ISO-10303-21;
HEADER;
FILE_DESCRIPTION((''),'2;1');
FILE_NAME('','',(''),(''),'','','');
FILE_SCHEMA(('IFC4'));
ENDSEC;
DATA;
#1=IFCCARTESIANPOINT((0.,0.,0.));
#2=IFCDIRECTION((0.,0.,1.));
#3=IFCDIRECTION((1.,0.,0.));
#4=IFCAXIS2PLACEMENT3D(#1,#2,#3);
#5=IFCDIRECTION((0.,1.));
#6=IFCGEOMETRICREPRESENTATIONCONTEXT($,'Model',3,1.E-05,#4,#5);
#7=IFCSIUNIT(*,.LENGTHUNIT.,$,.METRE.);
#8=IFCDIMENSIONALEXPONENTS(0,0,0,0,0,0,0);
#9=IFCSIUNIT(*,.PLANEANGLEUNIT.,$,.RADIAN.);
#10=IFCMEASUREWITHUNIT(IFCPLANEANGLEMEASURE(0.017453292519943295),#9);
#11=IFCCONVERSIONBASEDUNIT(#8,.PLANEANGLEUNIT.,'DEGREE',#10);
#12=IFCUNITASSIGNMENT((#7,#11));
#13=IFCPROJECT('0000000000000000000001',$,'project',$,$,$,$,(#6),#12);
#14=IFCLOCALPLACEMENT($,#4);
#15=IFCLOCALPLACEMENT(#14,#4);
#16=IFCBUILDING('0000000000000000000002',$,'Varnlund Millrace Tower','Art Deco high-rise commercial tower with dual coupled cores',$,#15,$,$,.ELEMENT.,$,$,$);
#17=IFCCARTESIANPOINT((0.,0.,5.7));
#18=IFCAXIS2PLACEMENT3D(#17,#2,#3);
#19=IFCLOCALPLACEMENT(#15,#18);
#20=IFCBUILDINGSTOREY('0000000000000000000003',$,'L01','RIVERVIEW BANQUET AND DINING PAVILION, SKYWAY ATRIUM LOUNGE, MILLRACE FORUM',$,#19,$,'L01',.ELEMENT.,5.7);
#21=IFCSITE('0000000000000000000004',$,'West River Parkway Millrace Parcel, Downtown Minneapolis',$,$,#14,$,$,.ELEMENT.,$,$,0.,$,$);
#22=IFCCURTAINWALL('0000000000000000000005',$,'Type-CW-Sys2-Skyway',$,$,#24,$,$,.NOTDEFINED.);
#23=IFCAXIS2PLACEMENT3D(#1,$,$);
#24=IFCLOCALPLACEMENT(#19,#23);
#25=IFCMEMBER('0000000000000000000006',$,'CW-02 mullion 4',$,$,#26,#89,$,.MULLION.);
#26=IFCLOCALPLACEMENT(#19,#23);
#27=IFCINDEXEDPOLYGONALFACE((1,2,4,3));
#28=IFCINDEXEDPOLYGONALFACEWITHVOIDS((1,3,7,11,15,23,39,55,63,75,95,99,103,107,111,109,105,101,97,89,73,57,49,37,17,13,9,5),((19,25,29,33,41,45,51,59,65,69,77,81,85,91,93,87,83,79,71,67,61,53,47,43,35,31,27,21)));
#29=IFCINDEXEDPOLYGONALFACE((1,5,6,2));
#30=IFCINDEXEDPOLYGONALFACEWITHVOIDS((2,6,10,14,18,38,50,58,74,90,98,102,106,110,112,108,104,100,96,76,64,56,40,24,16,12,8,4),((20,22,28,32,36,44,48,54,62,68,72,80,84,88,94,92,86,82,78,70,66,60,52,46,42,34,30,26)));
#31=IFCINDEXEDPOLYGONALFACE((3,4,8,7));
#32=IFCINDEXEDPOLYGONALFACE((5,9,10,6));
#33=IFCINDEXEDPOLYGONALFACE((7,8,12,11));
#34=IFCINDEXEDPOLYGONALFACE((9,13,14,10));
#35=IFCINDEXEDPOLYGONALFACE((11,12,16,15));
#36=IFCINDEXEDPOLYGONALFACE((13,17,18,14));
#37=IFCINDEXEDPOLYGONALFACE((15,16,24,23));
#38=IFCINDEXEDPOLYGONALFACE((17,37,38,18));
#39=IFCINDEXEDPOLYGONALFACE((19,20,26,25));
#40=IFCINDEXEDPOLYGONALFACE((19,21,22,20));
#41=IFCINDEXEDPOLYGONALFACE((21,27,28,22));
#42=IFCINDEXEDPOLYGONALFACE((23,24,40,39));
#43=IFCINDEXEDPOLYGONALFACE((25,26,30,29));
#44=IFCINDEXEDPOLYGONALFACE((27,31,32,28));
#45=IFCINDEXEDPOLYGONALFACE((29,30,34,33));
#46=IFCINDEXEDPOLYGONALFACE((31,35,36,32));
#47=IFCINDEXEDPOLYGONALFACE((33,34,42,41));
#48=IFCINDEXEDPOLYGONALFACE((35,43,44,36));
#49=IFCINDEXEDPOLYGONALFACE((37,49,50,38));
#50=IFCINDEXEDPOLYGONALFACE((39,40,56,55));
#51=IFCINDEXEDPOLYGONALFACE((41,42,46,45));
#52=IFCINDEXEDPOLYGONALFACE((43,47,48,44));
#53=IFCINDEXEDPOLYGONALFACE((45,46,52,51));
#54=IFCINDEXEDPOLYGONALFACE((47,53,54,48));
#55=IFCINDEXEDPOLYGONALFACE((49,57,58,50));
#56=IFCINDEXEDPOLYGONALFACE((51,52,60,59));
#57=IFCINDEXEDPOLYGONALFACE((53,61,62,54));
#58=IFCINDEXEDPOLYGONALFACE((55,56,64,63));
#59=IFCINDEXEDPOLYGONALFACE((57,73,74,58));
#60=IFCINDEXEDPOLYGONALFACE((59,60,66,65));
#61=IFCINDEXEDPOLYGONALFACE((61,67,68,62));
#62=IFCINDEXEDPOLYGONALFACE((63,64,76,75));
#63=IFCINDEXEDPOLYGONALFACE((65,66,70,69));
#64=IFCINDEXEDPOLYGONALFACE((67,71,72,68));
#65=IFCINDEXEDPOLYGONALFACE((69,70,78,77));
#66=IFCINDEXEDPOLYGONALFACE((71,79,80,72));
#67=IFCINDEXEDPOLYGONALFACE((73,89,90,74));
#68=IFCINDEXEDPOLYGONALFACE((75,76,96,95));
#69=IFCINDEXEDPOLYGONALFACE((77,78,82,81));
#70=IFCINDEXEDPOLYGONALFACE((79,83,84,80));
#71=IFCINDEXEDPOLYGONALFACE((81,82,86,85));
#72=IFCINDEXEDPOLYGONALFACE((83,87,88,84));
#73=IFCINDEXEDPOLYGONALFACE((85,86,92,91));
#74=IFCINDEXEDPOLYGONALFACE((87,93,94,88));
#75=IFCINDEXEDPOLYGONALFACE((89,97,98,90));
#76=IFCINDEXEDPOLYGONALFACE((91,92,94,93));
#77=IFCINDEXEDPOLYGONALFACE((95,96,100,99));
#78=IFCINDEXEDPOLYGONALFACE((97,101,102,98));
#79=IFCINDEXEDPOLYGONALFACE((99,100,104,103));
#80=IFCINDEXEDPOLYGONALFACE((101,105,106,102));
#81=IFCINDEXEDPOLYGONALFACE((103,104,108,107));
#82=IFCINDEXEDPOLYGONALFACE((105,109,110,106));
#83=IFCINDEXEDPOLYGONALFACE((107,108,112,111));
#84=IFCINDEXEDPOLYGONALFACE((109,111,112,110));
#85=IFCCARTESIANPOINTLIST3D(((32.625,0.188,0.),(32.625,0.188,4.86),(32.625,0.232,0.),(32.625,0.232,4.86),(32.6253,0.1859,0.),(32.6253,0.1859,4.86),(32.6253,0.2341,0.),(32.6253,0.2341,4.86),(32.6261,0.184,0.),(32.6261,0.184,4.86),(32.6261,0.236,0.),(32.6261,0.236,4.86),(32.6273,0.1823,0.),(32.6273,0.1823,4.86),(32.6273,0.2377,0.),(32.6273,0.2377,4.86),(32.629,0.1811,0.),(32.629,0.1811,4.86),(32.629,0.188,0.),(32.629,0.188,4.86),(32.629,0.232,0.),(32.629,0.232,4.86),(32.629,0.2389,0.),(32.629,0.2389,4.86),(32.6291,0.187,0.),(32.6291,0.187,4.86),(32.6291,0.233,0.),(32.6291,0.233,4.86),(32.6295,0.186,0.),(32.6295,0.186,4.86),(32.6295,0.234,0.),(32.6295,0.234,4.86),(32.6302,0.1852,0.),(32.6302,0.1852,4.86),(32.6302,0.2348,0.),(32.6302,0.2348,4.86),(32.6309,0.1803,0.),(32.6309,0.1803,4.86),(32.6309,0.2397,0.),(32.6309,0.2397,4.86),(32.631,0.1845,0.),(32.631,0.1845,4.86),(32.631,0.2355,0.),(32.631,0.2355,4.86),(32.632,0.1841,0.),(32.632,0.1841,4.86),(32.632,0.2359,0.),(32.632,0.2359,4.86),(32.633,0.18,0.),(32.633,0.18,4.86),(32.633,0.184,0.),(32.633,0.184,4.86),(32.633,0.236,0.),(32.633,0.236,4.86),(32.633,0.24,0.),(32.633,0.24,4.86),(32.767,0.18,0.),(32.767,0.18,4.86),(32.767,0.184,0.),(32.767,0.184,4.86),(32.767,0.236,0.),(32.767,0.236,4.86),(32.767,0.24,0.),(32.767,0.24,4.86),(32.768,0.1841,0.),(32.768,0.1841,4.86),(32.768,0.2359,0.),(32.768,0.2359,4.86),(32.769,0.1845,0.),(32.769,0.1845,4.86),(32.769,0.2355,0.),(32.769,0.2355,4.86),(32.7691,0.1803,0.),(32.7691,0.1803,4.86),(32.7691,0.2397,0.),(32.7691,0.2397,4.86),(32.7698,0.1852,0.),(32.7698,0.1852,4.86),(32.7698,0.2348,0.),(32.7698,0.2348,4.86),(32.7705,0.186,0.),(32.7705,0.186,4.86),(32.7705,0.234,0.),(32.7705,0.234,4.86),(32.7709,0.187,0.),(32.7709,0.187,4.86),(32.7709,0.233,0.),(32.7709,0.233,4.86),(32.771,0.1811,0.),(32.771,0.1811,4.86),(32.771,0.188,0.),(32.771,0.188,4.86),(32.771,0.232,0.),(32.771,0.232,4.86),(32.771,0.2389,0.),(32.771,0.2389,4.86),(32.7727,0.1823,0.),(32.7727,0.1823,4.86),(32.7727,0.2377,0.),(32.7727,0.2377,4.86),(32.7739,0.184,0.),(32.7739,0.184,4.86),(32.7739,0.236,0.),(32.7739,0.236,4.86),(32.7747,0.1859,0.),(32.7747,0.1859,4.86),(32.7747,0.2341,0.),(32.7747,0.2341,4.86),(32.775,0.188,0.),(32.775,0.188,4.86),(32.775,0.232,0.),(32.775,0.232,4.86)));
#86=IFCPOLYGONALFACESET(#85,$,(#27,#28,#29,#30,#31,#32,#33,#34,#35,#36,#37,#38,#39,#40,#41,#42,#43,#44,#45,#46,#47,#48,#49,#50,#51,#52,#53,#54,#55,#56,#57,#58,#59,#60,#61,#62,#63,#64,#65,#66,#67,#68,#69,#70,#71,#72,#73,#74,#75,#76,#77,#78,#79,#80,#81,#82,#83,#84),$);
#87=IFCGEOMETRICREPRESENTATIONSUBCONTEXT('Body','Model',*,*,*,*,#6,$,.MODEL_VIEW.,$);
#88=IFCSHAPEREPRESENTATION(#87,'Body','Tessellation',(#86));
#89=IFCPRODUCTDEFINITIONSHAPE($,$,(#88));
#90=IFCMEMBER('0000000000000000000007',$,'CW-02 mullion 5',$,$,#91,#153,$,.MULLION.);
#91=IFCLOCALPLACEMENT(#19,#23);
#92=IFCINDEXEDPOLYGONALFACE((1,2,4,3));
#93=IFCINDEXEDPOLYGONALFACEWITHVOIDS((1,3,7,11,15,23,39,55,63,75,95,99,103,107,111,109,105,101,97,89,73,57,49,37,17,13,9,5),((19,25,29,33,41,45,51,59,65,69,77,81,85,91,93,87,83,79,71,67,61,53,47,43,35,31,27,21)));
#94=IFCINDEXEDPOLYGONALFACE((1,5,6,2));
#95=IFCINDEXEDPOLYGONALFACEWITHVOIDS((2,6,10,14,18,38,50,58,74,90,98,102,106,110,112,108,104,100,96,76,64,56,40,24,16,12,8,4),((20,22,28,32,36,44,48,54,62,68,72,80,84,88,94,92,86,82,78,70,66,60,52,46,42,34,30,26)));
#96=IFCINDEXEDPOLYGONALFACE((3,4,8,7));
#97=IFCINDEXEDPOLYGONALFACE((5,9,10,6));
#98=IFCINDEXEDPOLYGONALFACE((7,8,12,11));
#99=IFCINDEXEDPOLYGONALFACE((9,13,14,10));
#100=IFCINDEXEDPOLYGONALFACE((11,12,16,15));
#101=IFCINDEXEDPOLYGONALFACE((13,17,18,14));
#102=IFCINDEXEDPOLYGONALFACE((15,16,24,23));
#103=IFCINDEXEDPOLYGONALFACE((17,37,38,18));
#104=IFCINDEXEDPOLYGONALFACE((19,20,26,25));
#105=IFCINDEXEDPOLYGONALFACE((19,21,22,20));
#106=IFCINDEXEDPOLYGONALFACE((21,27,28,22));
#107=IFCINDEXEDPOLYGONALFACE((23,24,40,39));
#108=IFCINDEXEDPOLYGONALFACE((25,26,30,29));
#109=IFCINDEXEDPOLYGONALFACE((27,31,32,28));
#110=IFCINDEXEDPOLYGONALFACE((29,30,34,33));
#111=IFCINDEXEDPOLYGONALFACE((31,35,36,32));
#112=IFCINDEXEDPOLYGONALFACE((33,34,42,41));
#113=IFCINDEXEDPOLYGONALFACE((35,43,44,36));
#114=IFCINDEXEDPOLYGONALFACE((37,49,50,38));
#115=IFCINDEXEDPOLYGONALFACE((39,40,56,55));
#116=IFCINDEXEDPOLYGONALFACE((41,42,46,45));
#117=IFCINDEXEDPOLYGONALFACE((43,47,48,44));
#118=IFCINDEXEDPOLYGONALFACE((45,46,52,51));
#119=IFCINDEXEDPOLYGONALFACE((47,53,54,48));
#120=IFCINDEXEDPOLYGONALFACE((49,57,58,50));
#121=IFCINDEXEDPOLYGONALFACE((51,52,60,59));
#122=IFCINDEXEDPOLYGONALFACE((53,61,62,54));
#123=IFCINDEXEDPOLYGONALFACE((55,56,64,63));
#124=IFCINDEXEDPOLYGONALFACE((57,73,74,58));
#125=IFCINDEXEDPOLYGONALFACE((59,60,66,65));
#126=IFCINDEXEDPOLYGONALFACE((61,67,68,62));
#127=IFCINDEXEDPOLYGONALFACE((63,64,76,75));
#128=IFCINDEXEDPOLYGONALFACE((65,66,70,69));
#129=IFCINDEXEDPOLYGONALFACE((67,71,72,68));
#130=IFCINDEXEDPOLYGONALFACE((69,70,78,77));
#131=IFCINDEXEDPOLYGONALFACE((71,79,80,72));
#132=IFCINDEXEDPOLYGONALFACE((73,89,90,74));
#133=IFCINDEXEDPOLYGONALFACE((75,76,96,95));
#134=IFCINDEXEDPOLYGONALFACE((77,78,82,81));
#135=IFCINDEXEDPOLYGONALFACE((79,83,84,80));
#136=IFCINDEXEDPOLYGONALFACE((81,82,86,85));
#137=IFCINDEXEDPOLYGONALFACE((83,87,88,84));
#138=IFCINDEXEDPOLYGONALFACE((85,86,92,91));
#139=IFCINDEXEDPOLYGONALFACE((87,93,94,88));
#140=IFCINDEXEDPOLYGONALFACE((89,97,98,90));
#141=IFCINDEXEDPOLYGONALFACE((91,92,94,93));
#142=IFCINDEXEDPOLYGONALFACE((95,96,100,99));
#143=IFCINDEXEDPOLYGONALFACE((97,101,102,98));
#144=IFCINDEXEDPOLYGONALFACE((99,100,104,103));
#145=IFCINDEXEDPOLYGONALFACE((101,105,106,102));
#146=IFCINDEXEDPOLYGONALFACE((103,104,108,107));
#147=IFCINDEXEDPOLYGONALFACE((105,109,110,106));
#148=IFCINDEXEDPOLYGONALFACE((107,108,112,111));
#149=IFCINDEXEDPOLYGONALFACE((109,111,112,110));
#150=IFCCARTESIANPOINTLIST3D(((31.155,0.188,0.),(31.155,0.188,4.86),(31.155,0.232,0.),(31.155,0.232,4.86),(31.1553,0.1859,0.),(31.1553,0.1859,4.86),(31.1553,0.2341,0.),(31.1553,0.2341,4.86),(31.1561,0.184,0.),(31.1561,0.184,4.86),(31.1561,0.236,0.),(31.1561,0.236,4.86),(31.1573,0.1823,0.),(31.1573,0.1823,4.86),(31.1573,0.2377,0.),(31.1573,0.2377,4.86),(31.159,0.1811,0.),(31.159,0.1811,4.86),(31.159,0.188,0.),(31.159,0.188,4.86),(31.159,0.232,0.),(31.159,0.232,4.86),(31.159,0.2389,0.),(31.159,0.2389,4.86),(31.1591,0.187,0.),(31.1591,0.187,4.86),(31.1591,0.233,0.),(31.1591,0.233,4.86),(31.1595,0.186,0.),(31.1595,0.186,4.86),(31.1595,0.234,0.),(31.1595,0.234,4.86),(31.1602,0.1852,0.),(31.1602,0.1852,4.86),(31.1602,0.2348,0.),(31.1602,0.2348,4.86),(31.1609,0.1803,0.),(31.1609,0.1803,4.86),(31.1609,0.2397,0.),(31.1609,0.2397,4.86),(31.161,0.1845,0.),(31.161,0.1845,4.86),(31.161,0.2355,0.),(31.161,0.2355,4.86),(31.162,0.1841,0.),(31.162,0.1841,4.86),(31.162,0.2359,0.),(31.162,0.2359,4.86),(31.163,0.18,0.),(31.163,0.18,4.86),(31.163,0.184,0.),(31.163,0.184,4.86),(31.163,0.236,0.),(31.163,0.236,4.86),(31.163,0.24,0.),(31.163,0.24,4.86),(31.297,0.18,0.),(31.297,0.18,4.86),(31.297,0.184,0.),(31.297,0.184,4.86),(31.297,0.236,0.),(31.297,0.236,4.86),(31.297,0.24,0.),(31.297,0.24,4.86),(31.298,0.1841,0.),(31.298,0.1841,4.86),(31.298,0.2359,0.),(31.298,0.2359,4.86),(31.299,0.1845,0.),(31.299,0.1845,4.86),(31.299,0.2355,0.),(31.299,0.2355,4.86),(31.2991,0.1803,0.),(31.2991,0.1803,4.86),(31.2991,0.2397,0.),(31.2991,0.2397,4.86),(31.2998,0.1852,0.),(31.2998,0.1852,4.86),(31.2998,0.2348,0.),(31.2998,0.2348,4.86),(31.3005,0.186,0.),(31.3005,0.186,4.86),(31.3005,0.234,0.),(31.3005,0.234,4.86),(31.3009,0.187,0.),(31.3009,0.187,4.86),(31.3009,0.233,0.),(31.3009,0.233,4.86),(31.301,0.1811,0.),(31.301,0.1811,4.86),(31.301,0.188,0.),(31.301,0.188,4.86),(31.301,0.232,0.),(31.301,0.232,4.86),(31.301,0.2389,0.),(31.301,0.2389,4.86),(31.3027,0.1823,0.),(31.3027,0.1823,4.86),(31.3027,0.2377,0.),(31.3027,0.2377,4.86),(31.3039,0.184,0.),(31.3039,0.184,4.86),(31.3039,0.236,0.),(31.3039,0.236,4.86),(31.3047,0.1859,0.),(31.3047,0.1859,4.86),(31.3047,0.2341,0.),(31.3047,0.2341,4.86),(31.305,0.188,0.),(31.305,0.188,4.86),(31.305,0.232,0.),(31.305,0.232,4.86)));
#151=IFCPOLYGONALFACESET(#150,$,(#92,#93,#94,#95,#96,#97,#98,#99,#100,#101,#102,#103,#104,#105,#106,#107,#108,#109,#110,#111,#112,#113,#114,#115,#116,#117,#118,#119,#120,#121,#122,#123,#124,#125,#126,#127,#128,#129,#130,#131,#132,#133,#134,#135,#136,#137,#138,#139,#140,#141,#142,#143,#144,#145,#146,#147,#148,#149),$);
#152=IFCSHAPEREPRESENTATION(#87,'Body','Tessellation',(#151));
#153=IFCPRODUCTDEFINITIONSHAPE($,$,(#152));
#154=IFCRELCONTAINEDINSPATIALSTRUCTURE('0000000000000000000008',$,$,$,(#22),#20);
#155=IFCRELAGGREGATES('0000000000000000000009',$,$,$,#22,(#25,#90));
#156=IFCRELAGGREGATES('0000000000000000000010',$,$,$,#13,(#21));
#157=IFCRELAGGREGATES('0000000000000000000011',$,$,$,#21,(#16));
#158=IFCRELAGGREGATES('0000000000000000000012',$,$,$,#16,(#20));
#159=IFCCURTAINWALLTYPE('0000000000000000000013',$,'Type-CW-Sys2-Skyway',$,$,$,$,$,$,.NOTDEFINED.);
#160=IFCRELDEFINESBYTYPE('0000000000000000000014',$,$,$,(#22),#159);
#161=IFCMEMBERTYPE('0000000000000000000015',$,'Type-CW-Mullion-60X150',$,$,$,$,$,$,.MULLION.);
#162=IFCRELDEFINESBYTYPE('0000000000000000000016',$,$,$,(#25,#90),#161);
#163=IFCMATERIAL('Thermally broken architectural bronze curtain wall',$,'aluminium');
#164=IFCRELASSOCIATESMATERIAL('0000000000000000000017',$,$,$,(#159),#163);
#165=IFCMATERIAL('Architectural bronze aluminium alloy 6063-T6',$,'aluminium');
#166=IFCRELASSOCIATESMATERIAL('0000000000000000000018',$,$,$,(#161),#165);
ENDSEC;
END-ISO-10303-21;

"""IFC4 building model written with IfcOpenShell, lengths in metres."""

from ifc_helpers import new_model, entity, si_unit, converted_unit, direction, frame, origin_with_axes, origin_2d_with_axis, place, context, subcontext, project, spatial, hollow_rectangle, extrude, material, material_profile, profile_set, type_object, element, aggregate, save


model = new_model("IFC4")

# Units and contexts
model_context = context("Model", 3, precision=1e-05, world=origin_with_axes(), true_north=direction((0.0, 1.0)))
body_context = subcontext(model_context, "Body", "Model", "MODEL_VIEW")
ifc_project = project(units=[si_unit("LENGTHUNIT", "METRE"), converted_unit("PLANEANGLEUNIT", "DEGREE", entity("IfcPlaneAngleMeasure", 0.017453292519943295), si_unit("PLANEANGLEUNIT", "RADIAN"), dimensions=[0, 0, 0, 0, 0, 0, 0])], contexts=[model_context])

# Site, building, storey
site_placement = place(None, origin_with_axes())
site = spatial("IfcSite", under=ifc_project, at=site_placement, Name="West River Parkway Millrace Parcel, Downtown Minneapolis", CompositionType="ELEMENT", RefElevation=0.0)
building_placement = place(site_placement, origin_with_axes())
building = spatial("IfcBuilding", under=site, at=building_placement, Name="Varnlund Millrace Tower", Description="Art Deco high-rise commercial tower with dual coupled cores", CompositionType="ELEMENT")
storey_placement = place(building_placement, frame((0.0, 0.0, 5.7), z_axis=(0.0, 0.0, 1.0), x_axis=(1.0, 0.0, 0.0)))
storey = spatial("IfcBuildingStorey", under=building, at=storey_placement, Name="L01", Description="RIVERVIEW BANQUET AND DINING PAVILION, SKYWAY ATRIUM LOUNGE, MILLRACE FORUM", LongName="L01", CompositionType="ELEMENT", Elevation=5.7)

# Curtain wall, members
ifc_material_1 = material(Name="Thermally broken architectural bronze curtain wall", Category="aluminium")
curtain_wall_type = type_object("IfcCurtainWallType", Name="Type-CW-Sys2-Skyway", PredefinedType="NOTDEFINED", material=ifc_material_1)
curtain_wall_placement = place(storey_placement, frame((37.2, 0.21, 0.0), z_axis=(0.0, 0.0, 1.0), x_axis=(1.0, 0.0, 0.0)))
curtain_wall = element("IfcCurtainWall", 1, at=curtain_wall_placement, inside=storey, type_object=curtain_wall_type, Name="Type-CW-Sys2-Skyway", PredefinedType="NOTDEFINED")
ifc_material_2 = material(Name="Architectural bronze aluminium alloy 6063-T6", Category="aluminium")
ifc_material_profile_1 = material_profile(ifc_material_2, hollow_rectangle(XDim=0.06, YDim=0.15, WallThickness=0.004, InnerFilletRadius=0.004, OuterFilletRadius=0.008, at=origin_2d_with_axis()), Name="Architectural bronze aluminium alloy 6063-T6")
ifc_profile_set_1 = profile_set([ifc_material_profile_1], Name="Architectural bronze aluminium alloy 6063-T6")
member_type_1 = type_object("IfcMemberType", Name="Type-CW-Mullion-60X150", PredefinedType="MULLION", material=ifc_profile_set_1)
member_1_placement = place(storey_placement, frame((32.7, 0.21, 0.0), z_axis=(0.0, 0.0, 1.0), x_axis=(0.0, -1.0, 0.0)))
member_1 = element("IfcMember", 2, at=member_1_placement, type_object=member_type_1, Name="CW-02 mullion 4", PredefinedType="MULLION", context=body_context, shape_type="SweptSolid", body=[
    extrude(hollow_rectangle(XDim=0.06, YDim=0.15, WallThickness=0.004, InnerFilletRadius=0.004, OuterFilletRadius=0.008, at=origin_2d_with_axis()), origin_with_axes(), (0.0, 0.0, 1.0), 4.86),
])
member_2_placement = place(storey_placement, frame((31.23, 0.21, 0.0), z_axis=(0.0, 0.0, 1.0), x_axis=(0.0, -1.0, 0.0)))
member_2 = element("IfcMember", 3, at=member_2_placement, type_object=member_type_1, Name="CW-02 mullion 5", PredefinedType="MULLION", context=body_context, shape_type="SweptSolid", body=[
    extrude(hollow_rectangle(XDim=0.06, YDim=0.15, WallThickness=0.004, InnerFilletRadius=0.004, OuterFilletRadius=0.008, at=origin_2d_with_axis()), origin_with_axes(), (0.0, 0.0, 1.0), 4.86),
])
aggregate(curtain_wall, [member_1, member_2])

save(model, "model.ifc")
